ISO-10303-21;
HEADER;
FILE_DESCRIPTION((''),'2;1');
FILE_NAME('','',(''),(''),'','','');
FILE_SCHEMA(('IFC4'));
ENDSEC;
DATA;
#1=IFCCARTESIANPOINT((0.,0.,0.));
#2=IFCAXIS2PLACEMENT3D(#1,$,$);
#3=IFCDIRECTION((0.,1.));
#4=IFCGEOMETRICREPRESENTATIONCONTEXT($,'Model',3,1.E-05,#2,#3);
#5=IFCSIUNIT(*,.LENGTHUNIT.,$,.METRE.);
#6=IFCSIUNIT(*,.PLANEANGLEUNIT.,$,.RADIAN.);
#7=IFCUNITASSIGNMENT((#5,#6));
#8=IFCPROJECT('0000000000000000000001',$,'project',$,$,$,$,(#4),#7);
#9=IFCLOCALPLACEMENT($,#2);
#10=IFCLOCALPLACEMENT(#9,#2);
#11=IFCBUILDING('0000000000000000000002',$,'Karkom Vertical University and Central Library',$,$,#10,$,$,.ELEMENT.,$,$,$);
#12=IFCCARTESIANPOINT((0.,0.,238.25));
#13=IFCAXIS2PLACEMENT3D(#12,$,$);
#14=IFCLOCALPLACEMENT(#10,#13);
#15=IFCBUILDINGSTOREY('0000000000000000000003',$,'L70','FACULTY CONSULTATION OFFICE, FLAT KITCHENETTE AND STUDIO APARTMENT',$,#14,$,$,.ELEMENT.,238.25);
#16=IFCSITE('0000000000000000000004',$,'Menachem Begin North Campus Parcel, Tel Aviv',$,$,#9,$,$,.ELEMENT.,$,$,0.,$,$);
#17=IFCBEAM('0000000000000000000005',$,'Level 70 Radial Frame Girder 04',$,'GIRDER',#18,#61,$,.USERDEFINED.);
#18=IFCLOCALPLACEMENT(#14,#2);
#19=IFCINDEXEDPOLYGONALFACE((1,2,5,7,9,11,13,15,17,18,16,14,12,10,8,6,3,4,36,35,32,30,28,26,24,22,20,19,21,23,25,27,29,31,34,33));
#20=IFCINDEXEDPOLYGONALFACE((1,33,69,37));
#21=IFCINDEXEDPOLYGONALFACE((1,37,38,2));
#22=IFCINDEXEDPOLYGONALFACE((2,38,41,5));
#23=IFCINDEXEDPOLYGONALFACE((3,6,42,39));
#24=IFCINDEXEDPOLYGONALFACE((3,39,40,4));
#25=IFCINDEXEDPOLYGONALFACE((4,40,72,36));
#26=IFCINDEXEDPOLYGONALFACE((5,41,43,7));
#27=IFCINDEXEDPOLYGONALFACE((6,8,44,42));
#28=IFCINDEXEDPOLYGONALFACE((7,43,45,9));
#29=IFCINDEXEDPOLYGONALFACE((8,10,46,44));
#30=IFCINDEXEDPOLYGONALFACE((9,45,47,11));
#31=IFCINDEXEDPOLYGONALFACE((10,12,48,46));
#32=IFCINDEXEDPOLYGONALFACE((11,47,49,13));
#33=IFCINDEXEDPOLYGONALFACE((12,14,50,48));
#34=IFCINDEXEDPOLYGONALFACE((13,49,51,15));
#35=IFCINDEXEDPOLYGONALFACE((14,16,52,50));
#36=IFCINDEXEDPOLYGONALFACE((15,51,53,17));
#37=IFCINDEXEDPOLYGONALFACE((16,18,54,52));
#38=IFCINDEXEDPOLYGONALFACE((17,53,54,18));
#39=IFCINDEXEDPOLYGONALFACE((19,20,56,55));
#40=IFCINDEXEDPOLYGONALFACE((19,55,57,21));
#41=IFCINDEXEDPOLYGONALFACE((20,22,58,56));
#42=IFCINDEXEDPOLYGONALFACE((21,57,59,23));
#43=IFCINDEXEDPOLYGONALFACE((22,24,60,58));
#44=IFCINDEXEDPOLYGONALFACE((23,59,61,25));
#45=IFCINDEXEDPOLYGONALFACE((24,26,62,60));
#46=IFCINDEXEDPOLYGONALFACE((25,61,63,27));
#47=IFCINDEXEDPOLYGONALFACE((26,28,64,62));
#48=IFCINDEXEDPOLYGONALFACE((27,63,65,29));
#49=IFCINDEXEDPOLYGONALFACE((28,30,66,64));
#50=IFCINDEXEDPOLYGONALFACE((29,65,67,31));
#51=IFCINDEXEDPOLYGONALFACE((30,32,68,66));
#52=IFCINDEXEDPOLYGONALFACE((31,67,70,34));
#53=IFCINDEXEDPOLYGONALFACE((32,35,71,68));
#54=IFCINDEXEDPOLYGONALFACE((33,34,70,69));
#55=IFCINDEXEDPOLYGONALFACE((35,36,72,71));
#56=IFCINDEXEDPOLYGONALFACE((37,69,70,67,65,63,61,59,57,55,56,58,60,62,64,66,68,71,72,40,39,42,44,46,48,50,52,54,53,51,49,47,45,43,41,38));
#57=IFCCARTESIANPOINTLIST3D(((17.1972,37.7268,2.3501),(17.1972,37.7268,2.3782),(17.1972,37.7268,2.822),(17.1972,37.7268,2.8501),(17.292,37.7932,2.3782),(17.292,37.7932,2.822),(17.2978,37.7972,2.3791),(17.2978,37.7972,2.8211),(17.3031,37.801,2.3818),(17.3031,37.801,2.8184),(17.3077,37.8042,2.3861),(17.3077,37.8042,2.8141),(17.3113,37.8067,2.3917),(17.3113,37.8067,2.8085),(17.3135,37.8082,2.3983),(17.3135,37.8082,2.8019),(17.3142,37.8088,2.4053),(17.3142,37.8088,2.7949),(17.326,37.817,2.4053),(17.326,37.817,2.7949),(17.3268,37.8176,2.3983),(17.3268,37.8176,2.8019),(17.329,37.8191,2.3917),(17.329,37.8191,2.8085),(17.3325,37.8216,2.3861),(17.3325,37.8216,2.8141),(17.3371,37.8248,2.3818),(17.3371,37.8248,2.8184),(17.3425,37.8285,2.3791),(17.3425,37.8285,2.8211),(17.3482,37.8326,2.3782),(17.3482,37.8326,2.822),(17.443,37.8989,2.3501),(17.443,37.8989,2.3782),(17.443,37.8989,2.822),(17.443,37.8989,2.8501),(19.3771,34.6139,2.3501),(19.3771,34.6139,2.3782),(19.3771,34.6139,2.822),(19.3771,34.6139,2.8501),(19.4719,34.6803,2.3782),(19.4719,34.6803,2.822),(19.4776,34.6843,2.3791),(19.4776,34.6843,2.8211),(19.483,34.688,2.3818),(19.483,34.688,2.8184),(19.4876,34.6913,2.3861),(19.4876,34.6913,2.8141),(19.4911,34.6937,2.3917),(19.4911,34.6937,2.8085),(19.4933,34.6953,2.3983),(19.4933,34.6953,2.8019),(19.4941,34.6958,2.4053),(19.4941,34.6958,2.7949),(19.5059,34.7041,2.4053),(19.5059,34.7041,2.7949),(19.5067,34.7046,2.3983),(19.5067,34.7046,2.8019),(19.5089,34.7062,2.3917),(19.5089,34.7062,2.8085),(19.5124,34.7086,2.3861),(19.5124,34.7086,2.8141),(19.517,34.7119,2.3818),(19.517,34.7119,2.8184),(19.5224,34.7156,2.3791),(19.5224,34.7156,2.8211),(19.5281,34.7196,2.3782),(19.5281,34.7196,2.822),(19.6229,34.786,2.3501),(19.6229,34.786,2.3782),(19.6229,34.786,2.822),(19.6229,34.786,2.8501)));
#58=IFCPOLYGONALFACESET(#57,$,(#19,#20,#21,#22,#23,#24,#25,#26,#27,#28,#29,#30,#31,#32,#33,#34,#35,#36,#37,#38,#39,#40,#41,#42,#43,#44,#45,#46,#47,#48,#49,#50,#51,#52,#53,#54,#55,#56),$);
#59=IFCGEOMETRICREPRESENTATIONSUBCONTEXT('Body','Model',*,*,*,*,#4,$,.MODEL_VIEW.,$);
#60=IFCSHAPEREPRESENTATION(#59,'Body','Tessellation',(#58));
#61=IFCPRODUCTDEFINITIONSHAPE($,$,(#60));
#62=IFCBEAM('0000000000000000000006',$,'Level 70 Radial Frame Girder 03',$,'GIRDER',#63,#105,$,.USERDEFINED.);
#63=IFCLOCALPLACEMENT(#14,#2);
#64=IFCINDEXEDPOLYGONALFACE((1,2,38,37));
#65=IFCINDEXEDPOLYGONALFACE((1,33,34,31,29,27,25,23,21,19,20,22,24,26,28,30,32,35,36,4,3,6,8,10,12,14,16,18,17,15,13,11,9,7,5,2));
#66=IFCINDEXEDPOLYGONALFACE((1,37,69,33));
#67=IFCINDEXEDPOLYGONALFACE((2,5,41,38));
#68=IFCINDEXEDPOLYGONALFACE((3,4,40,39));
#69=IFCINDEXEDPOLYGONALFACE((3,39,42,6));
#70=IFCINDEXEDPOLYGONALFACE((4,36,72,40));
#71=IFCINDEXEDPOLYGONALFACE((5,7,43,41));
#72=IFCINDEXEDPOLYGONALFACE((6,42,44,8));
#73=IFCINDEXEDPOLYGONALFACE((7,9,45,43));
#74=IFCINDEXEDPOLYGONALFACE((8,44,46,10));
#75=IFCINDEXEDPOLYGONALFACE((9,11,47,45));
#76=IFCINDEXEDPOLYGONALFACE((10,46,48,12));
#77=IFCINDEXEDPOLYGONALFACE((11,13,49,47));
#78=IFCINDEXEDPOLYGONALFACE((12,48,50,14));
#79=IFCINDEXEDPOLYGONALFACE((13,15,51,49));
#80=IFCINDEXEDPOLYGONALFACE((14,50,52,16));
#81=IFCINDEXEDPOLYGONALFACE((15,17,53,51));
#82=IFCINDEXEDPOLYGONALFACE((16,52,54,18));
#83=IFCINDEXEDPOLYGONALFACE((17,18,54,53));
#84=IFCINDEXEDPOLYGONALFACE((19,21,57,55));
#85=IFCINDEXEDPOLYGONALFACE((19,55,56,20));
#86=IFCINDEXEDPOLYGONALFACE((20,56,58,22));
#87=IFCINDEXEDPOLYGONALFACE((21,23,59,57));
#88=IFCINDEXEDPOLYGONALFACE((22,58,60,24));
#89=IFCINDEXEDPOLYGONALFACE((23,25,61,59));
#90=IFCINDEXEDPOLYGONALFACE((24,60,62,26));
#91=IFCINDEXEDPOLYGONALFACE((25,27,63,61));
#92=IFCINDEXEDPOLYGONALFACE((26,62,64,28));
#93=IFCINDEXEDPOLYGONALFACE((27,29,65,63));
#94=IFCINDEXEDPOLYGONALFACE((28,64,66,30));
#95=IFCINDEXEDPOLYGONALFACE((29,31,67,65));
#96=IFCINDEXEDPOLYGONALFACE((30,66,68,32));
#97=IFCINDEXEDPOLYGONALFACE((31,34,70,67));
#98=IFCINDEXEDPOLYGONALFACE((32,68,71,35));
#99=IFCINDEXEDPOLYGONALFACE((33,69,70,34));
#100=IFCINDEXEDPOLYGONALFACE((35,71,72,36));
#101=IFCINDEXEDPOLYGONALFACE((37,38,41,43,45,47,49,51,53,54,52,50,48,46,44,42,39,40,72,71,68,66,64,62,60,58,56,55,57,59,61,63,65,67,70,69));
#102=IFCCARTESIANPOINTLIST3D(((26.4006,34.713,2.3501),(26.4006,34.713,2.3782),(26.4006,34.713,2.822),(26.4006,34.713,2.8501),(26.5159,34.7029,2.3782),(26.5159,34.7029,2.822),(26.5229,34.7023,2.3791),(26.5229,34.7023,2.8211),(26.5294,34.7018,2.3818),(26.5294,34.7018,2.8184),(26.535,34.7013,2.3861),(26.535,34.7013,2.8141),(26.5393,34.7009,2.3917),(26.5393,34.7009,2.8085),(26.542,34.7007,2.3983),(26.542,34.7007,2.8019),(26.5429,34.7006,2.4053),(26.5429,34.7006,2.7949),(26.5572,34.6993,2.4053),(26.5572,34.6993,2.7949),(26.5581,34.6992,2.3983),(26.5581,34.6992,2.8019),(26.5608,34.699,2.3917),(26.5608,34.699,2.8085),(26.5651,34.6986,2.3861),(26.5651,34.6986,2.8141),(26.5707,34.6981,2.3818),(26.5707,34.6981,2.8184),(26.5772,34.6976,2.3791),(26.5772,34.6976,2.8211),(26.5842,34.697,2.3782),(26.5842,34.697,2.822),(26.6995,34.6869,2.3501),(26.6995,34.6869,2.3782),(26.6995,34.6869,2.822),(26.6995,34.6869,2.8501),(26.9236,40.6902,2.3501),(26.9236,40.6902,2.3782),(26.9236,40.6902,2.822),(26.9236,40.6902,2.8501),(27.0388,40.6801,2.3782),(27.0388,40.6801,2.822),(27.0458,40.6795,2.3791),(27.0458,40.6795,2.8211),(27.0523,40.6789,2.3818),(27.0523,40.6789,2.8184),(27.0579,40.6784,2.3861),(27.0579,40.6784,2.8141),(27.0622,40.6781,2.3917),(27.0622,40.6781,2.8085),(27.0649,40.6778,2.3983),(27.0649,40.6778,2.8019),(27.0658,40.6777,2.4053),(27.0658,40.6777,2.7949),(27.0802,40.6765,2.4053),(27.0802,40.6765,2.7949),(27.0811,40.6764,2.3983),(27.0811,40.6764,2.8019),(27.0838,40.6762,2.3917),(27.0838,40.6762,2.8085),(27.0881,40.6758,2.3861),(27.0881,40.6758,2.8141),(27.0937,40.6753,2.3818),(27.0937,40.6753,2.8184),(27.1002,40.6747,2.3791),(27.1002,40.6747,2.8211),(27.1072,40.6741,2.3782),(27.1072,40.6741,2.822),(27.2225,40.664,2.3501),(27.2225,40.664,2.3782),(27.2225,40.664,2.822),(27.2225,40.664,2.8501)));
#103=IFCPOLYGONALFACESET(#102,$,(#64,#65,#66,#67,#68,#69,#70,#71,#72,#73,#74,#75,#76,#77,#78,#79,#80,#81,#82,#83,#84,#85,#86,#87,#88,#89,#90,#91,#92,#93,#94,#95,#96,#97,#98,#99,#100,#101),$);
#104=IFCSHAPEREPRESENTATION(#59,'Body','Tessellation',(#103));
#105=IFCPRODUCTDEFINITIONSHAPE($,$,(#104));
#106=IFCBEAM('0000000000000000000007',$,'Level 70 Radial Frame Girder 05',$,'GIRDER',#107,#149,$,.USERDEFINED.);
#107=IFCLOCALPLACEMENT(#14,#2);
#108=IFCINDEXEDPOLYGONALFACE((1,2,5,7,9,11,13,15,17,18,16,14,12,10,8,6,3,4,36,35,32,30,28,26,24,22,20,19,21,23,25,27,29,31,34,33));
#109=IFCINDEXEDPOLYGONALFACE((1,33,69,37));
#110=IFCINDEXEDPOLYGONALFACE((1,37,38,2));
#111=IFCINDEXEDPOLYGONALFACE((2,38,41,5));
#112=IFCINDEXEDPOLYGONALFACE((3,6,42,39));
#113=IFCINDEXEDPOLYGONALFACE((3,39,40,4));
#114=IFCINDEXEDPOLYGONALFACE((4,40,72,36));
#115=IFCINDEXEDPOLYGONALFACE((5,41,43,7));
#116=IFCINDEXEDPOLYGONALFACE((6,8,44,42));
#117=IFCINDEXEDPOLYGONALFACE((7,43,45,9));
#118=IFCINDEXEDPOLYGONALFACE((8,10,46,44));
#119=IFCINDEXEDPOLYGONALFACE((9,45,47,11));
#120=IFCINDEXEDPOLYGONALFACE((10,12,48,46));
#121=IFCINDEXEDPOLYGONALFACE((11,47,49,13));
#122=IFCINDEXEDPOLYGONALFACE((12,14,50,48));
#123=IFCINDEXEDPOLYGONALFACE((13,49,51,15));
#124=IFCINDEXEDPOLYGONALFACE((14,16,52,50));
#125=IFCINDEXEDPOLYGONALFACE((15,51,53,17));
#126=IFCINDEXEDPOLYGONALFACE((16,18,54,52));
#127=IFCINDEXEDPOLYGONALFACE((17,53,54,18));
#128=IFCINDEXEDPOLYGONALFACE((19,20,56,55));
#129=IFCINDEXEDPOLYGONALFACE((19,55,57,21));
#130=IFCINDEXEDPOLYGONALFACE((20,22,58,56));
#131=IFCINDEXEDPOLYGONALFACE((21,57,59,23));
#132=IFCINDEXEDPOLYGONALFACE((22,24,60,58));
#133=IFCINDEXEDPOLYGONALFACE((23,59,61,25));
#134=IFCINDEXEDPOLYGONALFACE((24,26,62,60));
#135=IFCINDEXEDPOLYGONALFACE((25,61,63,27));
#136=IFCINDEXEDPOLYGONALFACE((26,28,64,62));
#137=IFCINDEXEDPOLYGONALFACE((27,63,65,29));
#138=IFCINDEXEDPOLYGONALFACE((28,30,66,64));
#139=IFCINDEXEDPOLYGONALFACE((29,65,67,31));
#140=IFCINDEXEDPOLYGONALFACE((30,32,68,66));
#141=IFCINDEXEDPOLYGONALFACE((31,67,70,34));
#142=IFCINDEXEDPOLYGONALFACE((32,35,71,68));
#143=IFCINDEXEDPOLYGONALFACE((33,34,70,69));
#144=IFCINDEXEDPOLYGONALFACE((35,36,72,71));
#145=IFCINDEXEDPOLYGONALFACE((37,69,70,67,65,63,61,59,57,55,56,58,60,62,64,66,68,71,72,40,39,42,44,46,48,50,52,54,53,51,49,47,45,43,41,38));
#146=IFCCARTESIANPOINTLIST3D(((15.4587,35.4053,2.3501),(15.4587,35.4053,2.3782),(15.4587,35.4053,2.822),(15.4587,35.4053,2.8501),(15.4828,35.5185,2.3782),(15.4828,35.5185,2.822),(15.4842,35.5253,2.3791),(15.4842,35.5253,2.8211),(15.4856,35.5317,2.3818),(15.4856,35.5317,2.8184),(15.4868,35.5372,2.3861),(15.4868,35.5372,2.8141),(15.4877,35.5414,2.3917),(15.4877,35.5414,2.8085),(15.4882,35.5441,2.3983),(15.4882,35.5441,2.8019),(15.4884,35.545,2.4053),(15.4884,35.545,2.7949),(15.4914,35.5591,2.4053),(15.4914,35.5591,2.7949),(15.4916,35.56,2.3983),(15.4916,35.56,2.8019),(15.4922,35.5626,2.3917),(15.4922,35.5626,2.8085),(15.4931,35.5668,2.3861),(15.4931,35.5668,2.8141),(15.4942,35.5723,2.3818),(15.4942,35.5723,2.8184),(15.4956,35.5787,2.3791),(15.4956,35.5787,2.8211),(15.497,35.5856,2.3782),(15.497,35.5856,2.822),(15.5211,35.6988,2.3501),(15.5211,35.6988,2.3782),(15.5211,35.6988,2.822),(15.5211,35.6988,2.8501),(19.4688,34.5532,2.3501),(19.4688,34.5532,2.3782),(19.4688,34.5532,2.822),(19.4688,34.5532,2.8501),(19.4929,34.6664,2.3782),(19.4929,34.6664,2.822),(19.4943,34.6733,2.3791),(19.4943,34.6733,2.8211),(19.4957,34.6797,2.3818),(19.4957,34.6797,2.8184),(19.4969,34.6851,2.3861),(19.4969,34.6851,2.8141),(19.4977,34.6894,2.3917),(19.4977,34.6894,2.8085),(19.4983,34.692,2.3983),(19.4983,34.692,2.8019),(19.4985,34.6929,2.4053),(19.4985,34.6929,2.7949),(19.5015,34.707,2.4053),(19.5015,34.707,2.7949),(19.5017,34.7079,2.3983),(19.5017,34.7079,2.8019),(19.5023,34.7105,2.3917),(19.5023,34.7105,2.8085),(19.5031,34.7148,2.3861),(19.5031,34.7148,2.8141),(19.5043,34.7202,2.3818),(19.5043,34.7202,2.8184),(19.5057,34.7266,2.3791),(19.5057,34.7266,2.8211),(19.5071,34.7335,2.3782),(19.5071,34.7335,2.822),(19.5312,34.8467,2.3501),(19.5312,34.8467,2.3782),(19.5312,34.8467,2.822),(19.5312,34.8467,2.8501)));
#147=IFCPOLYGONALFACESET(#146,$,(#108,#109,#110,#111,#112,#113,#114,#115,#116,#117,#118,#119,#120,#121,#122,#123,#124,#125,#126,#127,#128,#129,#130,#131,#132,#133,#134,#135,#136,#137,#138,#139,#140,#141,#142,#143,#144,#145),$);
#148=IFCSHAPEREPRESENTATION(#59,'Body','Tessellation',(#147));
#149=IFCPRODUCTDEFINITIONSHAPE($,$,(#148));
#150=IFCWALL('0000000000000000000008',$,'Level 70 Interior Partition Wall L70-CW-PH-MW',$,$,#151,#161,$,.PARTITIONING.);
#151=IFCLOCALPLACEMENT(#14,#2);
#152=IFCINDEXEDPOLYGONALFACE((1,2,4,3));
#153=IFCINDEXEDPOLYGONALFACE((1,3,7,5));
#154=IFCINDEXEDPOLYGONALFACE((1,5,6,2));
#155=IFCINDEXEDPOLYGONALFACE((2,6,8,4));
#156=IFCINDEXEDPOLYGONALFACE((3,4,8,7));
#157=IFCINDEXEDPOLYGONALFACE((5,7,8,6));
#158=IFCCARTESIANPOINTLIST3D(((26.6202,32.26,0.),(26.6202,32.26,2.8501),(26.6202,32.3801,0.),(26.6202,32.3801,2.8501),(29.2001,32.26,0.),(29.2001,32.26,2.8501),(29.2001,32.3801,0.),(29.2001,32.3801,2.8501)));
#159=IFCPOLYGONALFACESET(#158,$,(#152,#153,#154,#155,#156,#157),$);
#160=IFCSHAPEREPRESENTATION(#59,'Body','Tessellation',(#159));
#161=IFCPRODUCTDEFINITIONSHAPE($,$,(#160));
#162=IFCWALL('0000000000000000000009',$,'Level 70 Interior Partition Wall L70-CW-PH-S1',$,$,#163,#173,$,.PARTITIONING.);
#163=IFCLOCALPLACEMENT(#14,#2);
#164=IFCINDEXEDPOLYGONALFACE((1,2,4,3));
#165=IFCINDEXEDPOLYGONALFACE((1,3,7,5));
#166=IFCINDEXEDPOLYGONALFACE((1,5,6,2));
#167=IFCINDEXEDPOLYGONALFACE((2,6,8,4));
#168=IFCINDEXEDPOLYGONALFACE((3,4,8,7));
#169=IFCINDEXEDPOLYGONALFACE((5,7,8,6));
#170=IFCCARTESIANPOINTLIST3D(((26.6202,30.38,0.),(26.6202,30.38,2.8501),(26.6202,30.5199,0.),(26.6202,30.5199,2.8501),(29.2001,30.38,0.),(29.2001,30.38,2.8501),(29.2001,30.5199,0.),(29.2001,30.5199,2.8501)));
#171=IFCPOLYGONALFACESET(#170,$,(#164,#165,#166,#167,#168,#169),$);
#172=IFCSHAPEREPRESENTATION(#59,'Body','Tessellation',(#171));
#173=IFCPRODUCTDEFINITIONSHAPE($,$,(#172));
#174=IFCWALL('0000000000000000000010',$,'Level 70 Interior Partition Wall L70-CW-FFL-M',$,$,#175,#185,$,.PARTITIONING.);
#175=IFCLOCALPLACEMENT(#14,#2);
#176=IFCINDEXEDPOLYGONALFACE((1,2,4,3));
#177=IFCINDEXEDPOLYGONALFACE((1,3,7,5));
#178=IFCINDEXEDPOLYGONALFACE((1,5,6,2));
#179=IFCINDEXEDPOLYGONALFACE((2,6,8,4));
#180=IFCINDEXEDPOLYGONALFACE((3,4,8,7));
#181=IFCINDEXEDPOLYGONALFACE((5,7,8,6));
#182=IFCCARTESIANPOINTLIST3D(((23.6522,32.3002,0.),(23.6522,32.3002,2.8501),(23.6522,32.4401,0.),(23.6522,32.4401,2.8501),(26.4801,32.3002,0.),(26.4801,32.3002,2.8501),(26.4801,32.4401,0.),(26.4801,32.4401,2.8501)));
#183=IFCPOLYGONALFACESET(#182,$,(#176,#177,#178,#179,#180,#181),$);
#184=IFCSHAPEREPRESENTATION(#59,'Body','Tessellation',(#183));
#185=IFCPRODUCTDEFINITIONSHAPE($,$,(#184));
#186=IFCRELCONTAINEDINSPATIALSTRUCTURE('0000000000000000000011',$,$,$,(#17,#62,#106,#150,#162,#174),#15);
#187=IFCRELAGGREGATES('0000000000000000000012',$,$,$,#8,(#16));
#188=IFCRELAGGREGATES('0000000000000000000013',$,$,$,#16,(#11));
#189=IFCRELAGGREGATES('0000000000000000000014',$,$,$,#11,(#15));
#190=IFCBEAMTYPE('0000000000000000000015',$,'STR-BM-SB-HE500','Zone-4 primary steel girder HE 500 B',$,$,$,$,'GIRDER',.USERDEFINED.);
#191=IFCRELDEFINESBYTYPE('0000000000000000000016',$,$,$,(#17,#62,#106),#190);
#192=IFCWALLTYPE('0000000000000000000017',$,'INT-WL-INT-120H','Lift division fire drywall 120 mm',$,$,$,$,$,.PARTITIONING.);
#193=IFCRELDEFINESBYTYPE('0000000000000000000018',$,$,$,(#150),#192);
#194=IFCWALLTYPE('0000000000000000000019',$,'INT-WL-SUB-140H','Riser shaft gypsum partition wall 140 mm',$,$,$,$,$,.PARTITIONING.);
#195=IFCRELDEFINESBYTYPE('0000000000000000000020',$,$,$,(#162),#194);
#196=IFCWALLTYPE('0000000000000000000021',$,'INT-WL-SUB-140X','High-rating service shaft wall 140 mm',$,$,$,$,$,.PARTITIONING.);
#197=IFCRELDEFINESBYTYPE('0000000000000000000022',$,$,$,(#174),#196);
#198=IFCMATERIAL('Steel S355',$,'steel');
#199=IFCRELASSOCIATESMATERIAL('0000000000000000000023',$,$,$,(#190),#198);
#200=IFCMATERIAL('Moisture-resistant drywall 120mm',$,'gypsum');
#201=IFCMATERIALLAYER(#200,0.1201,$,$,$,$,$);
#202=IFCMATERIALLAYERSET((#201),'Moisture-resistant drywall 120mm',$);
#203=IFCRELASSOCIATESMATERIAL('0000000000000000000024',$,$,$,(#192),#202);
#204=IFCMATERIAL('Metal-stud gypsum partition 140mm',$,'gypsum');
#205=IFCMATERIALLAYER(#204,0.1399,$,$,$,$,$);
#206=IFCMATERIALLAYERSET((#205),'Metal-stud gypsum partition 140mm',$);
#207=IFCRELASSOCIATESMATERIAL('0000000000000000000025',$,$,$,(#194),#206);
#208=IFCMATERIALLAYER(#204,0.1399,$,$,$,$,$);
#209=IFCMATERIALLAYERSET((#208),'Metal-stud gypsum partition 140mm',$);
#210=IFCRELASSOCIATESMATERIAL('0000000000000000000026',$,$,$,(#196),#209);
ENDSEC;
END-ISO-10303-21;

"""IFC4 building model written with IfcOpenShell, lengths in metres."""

from ifc_helpers import new_model, si_unit, direction, frame, frame_2d, origin, origin_with_axes, origin_2d, place, context, subcontext, project, spatial, rectangle, i_section, extrude, source, transform, mapped, material, layer, layer_set, material_profile, profile_set, type_object, element, save


model = new_model("IFC4")

# Units and contexts
model_context = context("Model", 3, precision=1e-05, world=origin(), true_north=direction((0.0, 1.0)))
body_context = subcontext(model_context, "Body", "Model", "MODEL_VIEW")
ifc_project = project(units=[si_unit("LENGTHUNIT", "METRE"), si_unit("PLANEANGLEUNIT", "RADIAN")], contexts=[model_context])

# Site, building, storey
site_placement = place(None, origin())
site = spatial("IfcSite", under=ifc_project, at=site_placement, Name="Menachem Begin North Campus Parcel, Tel Aviv", CompositionType="ELEMENT", RefElevation=0.0)
building_placement = place(site_placement, origin())
building = spatial("IfcBuilding", under=site, at=building_placement, Name="Karkom Vertical University and Central Library", CompositionType="ELEMENT")
storey_placement = place(building_placement, frame((0.0, 0.0, 238.25)))
storey = spatial("IfcBuildingStorey", under=building, at=storey_placement, Name="L70", Description="FACULTY CONSULTATION OFFICE, FLAT KITCHENETTE AND STUDIO APARTMENT", CompositionType="ELEMENT", Elevation=238.25)

# Beams
ifc_material_1 = material(Name="Steel S355", Category="steel")
ifc_material_profile_1 = material_profile(ifc_material_1, i_section(OverallWidth=0.3, OverallDepth=0.5, WebThickness=0.0144, FlangeThickness=0.0281, FilletRadius=0.0271, at=origin_2d()), Name="HE 500 B")
ifc_profile_set_1 = profile_set([ifc_material_profile_1], Name="Steel S355")
beam_type_1 = type_object("IfcBeamType", Name="STR-BM-SB-HE500", Description="Zone-4 primary steel girder HE 500 B", ElementType="GIRDER", PredefinedType="USERDEFINED", material=ifc_profile_set_1)
shared_shape_1 = source(origin_with_axes(), body_context, "Body", "SweptSolid", [
    extrude(i_section(OverallWidth=0.3, OverallDepth=0.5, WebThickness=0.0144, FlangeThickness=0.0281, FilletRadius=0.0271, at=origin_2d()), origin(), (0.0, 0.0, 1.0), 3.8003),
])
beam_1_placement = place(storey_placement, frame((19.5, 34.7, 2.6001), z_axis=(-0.573605, 0.819132, 0.0), x_axis=(-0.819132, -0.573605, 0.0)))
element("IfcBeam", 1, at=beam_1_placement, inside=storey, type_object=beam_type_1, Name="Level 70 Radial Frame Girder 04", ObjectType="GIRDER", PredefinedType="USERDEFINED", context=body_context, shape_type="MappedRepresentation", body=[
    mapped(shared_shape_1, transform((0.0, 0.0, 0.0), scale=1.0)),
])
shared_shape_2 = source(origin_with_axes(), body_context, "Body", "SweptSolid", [
    extrude(i_section(OverallWidth=0.3, OverallDepth=0.5, WebThickness=0.0144, FlangeThickness=0.0281, FilletRadius=0.0271, at=origin_2d()), origin(), (0.0, 0.0, 1.0), 6.0),
])
beam_2_placement = place(storey_placement, frame((26.55, 34.7, 2.6001), z_axis=(0.08716, 0.996194, 0.0), x_axis=(-0.996194, 0.08716, 0.0)))
element("IfcBeam", 2, at=beam_2_placement, inside=storey, type_object=beam_type_1, Name="Level 70 Radial Frame Girder 03", ObjectType="GIRDER", PredefinedType="USERDEFINED", context=body_context, shape_type="MappedRepresentation", body=[
    mapped(shared_shape_2, transform((0.0, 0.0, 0.0), scale=1.0)),
])
shared_shape_3 = source(origin_with_axes(), body_context, "Body", "SweptSolid", [
    extrude(i_section(OverallWidth=0.3, OverallDepth=0.5, WebThickness=0.0144, FlangeThickness=0.0281, FilletRadius=0.0271, at=origin_2d()), origin(), (0.0, 0.0, 1.0), 4.0996),
])
beam_3_placement = place(storey_placement, frame((19.5, 34.7, 2.6001), z_axis=(-0.978163, 0.207841, 0.0), x_axis=(-0.207841, -0.978163, 0.0)))
element("IfcBeam", 3, at=beam_3_placement, inside=storey, type_object=beam_type_1, Name="Level 70 Radial Frame Girder 05", ObjectType="GIRDER", PredefinedType="USERDEFINED", context=body_context, shape_type="MappedRepresentation", body=[
    mapped(shared_shape_3, transform((0.0, 0.0, 0.0), scale=1.0)),
])

# Walls
ifc_material_2 = material(Name="Moisture-resistant drywall 120mm", Category="gypsum")
ifc_layer_1 = layer(ifc_material_2, 0.1201)
ifc_layer_set_1 = layer_set([ifc_layer_1], Name="Moisture-resistant drywall 120mm")
wall_type_1 = type_object("IfcWallType", Name="INT-WL-INT-120H", Description="Lift division fire drywall 120 mm", PredefinedType="PARTITIONING", material=ifc_layer_set_1)
wall_1_placement = place(storey_placement, frame((26.6201, 32.3201, 0.0), z_axis=(0.0, 0.0, 1.0), x_axis=(1.0, 0.0, 0.0)))
element("IfcWall", 4, at=wall_1_placement, inside=storey, type_object=wall_type_1, Name="Level 70 Interior Partition Wall L70-CW-PH-MW", PredefinedType="PARTITIONING", context=body_context, shape_type="SweptSolid", body=[
    extrude(rectangle(XDim=2.5798, YDim=0.1201, at=frame_2d((1.29, 0.0))), origin(), (0.0, 0.0, 1.0), 2.8501),
])
ifc_material_3 = material(Name="Metal-stud gypsum partition 140mm", Category="gypsum")
ifc_layer_2 = layer(ifc_material_3, 0.1399)
ifc_layer_set_2 = layer_set([ifc_layer_2], Name="Metal-stud gypsum partition 140mm")
wall_type_2 = type_object("IfcWallType", Name="INT-WL-SUB-140H", Description="Riser shaft gypsum partition wall 140 mm", PredefinedType="PARTITIONING", material=ifc_layer_set_2)
wall_2_placement = place(storey_placement, frame((26.6201, 30.45, 0.0), z_axis=(0.0, 0.0, 1.0), x_axis=(1.0, 0.0, 0.0)))
element("IfcWall", 5, at=wall_2_placement, inside=storey, type_object=wall_type_2, Name="Level 70 Interior Partition Wall L70-CW-PH-S1", PredefinedType="PARTITIONING", context=body_context, shape_type="SweptSolid", body=[
    extrude(rectangle(XDim=2.5798, YDim=0.1399, at=frame_2d((1.29, 0.0))), origin(), (0.0, 0.0, 1.0), 2.8501),
])
ifc_layer_3 = layer(ifc_material_3, 0.1399)
ifc_layer_set_3 = layer_set([ifc_layer_3], Name="Metal-stud gypsum partition 140mm")
wall_type_3 = type_object("IfcWallType", Name="INT-WL-SUB-140X", Description="High-rating service shaft wall 140 mm", PredefinedType="PARTITIONING", material=ifc_layer_set_3)
wall_3_placement = place(storey_placement, frame((23.6521, 32.3701, 0.0), z_axis=(0.0, 0.0, 1.0), x_axis=(1.0, 0.0, 0.0)))
element("IfcWall", 6, at=wall_3_placement, inside=storey, type_object=wall_type_3, Name="Level 70 Interior Partition Wall L70-CW-FFL-M", PredefinedType="PARTITIONING", context=body_context, shape_type="SweptSolid", body=[
    extrude(rectangle(XDim=2.8279, YDim=0.1399, at=frame_2d((1.4141, 0.0))), origin(), (0.0, 0.0, 1.0), 2.8501),
])

save(model, "model.ifc")
